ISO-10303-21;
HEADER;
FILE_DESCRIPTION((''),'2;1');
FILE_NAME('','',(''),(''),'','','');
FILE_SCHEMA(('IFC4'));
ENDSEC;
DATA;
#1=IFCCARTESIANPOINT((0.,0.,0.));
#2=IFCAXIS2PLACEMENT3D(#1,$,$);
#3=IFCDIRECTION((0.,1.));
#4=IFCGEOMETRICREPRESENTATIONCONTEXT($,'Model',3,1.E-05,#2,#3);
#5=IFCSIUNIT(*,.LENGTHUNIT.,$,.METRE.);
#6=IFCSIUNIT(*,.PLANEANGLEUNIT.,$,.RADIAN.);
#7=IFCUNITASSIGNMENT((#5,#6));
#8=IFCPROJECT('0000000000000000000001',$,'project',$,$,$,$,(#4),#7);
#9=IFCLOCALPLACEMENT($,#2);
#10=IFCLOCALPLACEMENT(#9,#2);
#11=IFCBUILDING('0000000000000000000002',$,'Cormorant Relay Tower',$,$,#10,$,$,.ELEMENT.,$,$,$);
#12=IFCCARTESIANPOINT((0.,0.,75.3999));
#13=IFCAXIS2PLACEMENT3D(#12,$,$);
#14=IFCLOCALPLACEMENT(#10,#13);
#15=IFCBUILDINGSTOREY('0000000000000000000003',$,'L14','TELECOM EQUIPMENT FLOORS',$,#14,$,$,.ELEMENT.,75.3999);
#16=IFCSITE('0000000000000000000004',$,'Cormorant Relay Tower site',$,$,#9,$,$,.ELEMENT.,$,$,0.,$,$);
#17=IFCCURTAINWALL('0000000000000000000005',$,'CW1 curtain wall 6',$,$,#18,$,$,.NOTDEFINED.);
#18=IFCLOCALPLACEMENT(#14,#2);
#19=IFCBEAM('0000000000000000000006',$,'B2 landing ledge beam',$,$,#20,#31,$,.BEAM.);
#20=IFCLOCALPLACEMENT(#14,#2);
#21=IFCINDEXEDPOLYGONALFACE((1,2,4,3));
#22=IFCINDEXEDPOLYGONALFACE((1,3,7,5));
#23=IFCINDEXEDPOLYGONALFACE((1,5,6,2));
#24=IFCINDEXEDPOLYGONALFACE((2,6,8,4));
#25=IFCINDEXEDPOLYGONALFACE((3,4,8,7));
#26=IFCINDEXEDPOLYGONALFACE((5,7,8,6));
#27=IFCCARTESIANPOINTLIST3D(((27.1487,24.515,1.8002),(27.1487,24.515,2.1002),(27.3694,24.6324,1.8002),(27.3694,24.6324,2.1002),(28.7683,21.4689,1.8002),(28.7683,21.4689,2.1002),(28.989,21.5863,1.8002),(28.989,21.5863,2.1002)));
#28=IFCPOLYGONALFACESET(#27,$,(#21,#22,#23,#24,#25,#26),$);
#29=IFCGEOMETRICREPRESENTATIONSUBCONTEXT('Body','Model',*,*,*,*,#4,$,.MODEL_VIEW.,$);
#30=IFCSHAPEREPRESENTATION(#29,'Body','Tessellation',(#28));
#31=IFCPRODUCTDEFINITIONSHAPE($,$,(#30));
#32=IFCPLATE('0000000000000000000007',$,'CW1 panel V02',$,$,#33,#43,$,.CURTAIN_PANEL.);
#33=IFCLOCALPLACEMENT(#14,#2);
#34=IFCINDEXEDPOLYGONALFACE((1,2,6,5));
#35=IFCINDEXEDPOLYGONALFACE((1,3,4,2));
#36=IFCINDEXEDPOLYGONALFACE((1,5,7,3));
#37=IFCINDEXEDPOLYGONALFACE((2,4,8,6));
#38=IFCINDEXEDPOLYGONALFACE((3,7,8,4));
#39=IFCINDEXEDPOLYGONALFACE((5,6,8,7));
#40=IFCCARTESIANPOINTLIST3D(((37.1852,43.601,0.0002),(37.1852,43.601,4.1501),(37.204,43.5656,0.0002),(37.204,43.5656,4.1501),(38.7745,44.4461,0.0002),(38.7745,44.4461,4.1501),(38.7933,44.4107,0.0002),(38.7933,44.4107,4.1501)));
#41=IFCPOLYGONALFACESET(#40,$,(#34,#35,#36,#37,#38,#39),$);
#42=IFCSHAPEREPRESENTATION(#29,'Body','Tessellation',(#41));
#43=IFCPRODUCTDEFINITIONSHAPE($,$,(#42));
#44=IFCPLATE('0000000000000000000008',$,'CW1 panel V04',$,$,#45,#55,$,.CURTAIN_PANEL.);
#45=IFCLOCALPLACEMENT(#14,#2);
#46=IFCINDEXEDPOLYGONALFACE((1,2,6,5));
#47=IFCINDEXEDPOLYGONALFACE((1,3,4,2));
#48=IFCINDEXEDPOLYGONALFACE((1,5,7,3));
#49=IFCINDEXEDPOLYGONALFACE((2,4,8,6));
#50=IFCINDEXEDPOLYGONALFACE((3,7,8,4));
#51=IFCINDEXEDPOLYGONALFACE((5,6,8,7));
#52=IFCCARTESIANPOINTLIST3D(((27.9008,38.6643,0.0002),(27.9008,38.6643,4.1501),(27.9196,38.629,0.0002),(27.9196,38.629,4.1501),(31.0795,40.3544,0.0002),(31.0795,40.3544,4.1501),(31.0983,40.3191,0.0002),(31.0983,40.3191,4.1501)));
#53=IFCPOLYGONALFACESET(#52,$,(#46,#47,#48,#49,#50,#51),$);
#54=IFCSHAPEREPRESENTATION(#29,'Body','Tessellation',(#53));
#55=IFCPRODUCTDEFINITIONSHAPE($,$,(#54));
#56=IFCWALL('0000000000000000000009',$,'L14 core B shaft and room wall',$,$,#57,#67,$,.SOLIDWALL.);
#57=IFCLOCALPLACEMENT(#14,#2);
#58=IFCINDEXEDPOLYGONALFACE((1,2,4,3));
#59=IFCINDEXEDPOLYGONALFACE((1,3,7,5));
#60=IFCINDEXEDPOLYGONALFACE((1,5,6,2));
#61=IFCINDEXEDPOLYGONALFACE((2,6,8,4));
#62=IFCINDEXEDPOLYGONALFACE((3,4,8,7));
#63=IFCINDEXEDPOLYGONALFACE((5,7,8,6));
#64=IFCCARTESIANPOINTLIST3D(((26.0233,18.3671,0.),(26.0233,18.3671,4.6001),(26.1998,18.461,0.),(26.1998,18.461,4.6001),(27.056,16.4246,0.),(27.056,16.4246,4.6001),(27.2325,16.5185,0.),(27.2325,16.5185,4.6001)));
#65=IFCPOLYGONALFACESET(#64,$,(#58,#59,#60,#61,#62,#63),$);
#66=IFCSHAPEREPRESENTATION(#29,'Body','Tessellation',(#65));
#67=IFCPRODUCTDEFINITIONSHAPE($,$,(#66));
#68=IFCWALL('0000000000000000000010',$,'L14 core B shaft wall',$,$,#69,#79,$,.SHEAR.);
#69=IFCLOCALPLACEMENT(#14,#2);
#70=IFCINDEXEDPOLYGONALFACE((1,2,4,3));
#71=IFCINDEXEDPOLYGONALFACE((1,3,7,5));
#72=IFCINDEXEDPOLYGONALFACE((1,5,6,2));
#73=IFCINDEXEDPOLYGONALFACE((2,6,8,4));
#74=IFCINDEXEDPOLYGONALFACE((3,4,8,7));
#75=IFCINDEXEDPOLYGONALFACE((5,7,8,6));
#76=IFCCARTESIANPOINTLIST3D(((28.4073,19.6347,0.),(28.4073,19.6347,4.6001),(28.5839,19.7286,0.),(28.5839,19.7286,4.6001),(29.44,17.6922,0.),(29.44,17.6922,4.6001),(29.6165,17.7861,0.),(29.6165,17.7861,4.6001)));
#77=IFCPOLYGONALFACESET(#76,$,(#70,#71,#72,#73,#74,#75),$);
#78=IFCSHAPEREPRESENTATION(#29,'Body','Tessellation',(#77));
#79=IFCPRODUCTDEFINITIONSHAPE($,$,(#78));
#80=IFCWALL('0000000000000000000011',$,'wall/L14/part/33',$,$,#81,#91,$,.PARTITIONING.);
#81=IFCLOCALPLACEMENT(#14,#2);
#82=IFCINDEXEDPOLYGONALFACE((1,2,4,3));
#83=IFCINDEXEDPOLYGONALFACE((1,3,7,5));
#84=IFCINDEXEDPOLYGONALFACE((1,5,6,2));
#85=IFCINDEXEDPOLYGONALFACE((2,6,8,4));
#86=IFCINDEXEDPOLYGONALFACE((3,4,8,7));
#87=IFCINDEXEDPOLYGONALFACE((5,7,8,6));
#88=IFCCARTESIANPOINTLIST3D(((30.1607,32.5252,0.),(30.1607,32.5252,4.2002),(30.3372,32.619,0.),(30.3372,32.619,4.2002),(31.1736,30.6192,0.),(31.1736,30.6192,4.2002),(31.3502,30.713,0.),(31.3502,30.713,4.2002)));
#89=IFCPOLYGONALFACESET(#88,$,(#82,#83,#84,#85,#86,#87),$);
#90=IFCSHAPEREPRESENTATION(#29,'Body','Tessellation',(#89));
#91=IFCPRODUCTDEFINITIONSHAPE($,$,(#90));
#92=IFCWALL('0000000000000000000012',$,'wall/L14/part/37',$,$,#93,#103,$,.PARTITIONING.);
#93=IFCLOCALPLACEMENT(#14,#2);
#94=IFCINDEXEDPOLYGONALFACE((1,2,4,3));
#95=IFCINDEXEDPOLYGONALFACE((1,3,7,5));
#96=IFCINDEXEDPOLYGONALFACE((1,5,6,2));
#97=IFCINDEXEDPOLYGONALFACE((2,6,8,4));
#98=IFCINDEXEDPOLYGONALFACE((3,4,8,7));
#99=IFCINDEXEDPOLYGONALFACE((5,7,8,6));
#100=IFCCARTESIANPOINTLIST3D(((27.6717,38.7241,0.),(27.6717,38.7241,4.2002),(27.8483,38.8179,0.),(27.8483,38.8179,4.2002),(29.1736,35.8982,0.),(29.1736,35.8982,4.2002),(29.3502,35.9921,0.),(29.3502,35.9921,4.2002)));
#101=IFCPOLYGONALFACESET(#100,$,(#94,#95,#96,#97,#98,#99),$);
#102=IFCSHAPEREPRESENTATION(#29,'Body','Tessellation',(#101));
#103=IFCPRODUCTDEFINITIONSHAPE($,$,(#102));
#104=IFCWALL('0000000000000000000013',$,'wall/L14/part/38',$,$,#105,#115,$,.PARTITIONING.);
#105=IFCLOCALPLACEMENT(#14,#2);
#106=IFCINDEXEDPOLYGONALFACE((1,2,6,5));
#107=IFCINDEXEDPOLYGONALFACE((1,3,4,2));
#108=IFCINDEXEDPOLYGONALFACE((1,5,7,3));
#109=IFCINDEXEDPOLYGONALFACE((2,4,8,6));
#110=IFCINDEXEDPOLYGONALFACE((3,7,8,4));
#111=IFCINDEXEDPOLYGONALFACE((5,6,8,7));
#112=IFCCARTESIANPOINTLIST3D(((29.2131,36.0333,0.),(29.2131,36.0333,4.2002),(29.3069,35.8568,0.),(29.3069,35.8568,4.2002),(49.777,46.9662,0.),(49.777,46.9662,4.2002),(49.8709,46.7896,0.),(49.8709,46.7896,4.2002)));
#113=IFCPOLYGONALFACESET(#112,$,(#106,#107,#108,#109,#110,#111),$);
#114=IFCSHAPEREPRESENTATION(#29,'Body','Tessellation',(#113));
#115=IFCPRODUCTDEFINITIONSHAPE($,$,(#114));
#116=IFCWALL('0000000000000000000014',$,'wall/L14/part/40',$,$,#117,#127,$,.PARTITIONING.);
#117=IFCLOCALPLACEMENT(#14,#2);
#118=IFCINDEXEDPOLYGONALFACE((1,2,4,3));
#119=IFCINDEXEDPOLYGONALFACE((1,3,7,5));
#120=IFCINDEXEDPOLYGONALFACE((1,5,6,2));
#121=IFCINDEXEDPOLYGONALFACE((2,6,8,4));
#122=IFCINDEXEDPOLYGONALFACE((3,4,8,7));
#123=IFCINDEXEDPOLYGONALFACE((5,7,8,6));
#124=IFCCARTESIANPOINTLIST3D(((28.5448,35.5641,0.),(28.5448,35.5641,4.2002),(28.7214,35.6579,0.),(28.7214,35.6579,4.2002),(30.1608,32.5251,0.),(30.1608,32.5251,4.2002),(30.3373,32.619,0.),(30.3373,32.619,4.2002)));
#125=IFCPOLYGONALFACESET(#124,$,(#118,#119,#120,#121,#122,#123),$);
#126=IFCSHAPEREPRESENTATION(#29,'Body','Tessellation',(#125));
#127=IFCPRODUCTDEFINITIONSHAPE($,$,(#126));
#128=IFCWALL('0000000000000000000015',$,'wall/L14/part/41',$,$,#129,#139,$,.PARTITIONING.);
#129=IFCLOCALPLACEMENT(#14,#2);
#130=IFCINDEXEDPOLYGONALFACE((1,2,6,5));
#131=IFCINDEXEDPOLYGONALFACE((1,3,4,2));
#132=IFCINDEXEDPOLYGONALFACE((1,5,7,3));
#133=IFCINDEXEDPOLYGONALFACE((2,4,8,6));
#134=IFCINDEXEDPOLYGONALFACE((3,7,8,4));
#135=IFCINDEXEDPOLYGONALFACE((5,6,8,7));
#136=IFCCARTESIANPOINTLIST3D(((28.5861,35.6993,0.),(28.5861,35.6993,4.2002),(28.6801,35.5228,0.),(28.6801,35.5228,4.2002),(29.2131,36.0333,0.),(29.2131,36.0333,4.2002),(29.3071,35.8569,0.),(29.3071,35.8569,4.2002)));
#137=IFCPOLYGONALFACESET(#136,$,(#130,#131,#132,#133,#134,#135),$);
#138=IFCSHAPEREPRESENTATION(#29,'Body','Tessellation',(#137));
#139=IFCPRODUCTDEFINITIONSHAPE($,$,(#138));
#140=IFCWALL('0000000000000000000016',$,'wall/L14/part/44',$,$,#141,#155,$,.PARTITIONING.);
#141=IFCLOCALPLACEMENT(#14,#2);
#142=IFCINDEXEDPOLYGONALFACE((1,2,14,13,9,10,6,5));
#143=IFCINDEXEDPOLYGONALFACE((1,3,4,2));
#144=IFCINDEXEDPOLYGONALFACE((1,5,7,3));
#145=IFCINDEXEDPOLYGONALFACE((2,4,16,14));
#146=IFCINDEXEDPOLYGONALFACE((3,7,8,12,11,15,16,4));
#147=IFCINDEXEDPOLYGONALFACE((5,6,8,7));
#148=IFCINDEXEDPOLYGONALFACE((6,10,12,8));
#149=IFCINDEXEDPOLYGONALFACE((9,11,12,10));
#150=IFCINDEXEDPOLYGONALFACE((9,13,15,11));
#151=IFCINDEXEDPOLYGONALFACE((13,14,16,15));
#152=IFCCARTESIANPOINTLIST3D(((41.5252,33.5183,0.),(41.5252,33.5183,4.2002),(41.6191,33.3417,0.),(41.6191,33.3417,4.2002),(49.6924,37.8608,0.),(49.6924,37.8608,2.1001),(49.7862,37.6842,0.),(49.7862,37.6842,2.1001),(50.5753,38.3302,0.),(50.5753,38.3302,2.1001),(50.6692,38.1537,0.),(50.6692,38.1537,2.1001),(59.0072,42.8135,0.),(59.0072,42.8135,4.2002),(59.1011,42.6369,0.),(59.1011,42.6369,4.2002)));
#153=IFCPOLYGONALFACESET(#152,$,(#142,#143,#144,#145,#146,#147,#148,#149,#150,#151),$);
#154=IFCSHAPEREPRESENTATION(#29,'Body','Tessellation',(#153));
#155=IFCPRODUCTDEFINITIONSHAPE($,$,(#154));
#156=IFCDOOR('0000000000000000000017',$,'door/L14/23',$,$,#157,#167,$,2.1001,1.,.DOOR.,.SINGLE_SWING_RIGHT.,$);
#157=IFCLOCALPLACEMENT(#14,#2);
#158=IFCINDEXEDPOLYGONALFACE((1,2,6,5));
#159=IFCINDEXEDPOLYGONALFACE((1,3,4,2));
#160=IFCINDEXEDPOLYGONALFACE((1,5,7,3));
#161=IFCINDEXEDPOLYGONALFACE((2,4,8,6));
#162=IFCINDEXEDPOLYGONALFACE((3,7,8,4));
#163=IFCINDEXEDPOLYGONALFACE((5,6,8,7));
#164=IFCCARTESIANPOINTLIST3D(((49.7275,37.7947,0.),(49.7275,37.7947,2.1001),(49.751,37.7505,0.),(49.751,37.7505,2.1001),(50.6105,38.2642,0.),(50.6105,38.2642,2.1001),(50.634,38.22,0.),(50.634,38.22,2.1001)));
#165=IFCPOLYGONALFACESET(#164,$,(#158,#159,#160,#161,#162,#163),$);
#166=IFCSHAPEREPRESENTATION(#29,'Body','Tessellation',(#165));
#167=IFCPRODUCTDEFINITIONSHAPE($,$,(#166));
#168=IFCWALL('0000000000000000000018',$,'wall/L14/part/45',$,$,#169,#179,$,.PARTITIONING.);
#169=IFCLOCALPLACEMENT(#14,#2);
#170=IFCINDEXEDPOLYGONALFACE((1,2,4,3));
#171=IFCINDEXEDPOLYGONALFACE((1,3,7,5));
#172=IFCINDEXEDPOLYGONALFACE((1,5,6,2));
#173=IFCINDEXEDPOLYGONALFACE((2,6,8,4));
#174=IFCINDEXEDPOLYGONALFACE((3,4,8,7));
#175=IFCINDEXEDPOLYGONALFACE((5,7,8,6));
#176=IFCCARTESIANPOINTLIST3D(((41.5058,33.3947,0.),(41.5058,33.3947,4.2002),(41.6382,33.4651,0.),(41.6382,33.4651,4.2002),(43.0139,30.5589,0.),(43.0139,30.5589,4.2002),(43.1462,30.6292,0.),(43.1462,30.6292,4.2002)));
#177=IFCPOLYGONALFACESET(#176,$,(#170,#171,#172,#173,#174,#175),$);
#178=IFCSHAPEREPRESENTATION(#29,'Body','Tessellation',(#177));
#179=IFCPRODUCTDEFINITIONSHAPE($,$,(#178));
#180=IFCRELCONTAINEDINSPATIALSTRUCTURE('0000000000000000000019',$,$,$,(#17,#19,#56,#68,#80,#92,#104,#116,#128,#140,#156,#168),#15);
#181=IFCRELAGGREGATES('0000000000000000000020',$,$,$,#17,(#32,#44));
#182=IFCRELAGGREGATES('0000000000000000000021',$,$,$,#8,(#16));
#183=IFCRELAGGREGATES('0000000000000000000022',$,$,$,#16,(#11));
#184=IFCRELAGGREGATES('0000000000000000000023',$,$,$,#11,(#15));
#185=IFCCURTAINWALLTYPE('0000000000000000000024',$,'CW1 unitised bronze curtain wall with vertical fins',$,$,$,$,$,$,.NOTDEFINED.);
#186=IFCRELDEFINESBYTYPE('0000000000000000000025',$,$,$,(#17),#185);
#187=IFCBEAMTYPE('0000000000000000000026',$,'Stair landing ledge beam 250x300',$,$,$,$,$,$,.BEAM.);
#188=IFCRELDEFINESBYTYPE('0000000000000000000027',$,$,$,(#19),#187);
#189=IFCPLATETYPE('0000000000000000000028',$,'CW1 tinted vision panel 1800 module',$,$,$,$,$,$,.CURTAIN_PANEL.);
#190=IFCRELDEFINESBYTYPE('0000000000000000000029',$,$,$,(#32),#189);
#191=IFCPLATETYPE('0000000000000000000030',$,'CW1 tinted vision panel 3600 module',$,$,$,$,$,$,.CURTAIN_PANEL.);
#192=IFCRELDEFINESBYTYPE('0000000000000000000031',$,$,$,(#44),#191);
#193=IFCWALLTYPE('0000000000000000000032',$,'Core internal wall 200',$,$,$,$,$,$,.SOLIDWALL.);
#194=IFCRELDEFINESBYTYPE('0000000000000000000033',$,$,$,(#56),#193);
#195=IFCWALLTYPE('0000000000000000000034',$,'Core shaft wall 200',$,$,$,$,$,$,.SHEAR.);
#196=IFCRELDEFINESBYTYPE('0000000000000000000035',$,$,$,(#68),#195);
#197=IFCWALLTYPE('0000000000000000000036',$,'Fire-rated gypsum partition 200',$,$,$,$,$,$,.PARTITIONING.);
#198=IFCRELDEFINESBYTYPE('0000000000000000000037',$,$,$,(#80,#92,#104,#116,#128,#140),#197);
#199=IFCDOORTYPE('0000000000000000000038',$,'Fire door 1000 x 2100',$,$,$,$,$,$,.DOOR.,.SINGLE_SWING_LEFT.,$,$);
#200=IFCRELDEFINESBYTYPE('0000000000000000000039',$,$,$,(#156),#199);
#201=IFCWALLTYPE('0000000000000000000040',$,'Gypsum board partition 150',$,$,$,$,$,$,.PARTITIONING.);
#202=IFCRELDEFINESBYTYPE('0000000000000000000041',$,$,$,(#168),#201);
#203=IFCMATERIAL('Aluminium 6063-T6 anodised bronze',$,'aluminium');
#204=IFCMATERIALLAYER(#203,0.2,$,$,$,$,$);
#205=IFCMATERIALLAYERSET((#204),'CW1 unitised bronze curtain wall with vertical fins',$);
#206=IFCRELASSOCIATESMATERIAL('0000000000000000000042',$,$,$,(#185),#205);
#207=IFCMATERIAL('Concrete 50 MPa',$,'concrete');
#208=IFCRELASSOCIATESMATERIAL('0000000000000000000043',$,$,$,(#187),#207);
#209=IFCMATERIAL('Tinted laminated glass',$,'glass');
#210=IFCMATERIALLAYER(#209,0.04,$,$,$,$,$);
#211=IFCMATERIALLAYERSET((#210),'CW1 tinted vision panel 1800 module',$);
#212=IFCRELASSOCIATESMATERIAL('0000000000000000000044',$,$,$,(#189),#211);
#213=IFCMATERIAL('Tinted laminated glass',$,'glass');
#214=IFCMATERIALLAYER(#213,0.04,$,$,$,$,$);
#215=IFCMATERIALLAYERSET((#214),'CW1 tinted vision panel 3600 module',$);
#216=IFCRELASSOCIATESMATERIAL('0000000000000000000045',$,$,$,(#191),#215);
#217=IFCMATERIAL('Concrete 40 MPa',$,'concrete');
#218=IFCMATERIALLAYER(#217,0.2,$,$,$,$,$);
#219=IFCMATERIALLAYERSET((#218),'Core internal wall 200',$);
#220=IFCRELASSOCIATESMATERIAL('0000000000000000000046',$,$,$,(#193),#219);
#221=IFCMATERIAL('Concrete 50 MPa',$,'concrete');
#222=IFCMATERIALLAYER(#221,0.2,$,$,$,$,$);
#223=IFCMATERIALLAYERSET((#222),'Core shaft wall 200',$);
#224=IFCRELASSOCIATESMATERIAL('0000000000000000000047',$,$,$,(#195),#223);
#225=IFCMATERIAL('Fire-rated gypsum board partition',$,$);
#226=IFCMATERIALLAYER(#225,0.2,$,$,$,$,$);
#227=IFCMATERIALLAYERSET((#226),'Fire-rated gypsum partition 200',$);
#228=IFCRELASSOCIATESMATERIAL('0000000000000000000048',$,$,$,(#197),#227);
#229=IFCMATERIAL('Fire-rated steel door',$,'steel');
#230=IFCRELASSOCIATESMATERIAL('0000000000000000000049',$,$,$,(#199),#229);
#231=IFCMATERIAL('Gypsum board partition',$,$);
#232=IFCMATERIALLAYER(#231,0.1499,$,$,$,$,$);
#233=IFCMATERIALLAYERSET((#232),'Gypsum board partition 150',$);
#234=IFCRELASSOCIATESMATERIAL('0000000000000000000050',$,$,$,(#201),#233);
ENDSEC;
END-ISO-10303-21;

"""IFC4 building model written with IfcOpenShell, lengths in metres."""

from ifc_helpers import new_model, si_unit, direction, frame, frame_2d, origin, origin_2d, place, context, subcontext, project, spatial, rectangle, extrude, material, layer, layer_set, material_profile, profile_set, type_object, element, fill, aggregate, save


model = new_model("IFC4")

# Units and contexts
model_context = context("Model", 3, precision=1e-05, world=origin(), true_north=direction((0.0, 1.0)))
body_context = subcontext(model_context, "Body", "Model", "MODEL_VIEW")
ifc_project = project(units=[si_unit("LENGTHUNIT", "METRE"), si_unit("PLANEANGLEUNIT", "RADIAN")], contexts=[model_context])

# Site, building, storey
site_placement = place(None, origin())
site = spatial("IfcSite", under=ifc_project, at=site_placement, Name="Cormorant Relay Tower site", CompositionType="ELEMENT", RefElevation=0.0)
building_placement = place(site_placement, origin())
building = spatial("IfcBuilding", under=site, at=building_placement, Name="Cormorant Relay Tower", CompositionType="ELEMENT")
storey_placement = place(building_placement, frame((0.0, 0.0, 75.3999)))
storey = spatial("IfcBuildingStorey", under=building, at=storey_placement, Name="L14", Description="TELECOM EQUIPMENT FLOORS", CompositionType="ELEMENT", Elevation=75.3999)

# Curtain wall
ifc_material_1 = material(Name="Aluminium 6063-T6 anodised bronze", Category="aluminium")
ifc_layer_1 = layer(ifc_material_1, 0.2)
ifc_layer_set_1 = layer_set([ifc_layer_1], Name="CW1 unitised bronze curtain wall with vertical fins")
curtain_wall_type = type_object("IfcCurtainWallType", Name="CW1 unitised bronze curtain wall with vertical fins", PredefinedType="NOTDEFINED", material=ifc_layer_set_1)
curtain_wall_placement = place(storey_placement, origin())
curtain_wall = element("IfcCurtainWall", 1, at=curtain_wall_placement, inside=storey, type_object=curtain_wall_type, Name="CW1 curtain wall 6", PredefinedType="NOTDEFINED")

# Beam
ifc_material_2 = material(Name="Concrete 50 MPa", Category="concrete")
ifc_material_profile_1 = material_profile(ifc_material_2, rectangle(XDim=0.25, YDim=0.3, at=origin_2d()), Name="RC 250x300")
ifc_profile_set_1 = profile_set([ifc_material_profile_1], Name="Concrete 50 MPa")
beam_type = type_object("IfcBeamType", Name="Stair landing ledge beam 250x300", PredefinedType="BEAM", material=ifc_profile_set_1)
beam_placement = place(storey_placement, frame((28.8787, 21.5276, 1.9502), z_axis=(-0.469464, 0.882952, 0.0), x_axis=(-0.882952, -0.469464, 0.0)))
element("IfcBeam", 2, at=beam_placement, inside=storey, type_object=beam_type, Name="B2 landing ledge beam", PredefinedType="BEAM", context=body_context, shape_type="SweptSolid", body=[
    extrude(rectangle(XDim=0.25, YDim=0.3, at=origin_2d()), origin(), (0.0, 0.0, 1.0), 3.45),
])

# Plates
ifc_material_3 = material(Name="Tinted laminated glass", Category="glass")
ifc_layer_2 = layer(ifc_material_3, 0.04)
ifc_layer_set_2 = layer_set([ifc_layer_2], Name="CW1 tinted vision panel 1800 module")
plate_type_1 = type_object("IfcPlateType", Name="CW1 tinted vision panel 1800 module", PredefinedType="CURTAIN_PANEL", material=ifc_layer_set_2)
plate_1_placement = place(storey_placement, frame((37.9893, 44.0059, 0.0002), z_axis=(0.0, 0.0, 1.0), x_axis=(-0.882948, -0.469472, 0.0)))
plate_1 = element("IfcPlate", 3, at=plate_1_placement, type_object=plate_type_1, Name="CW1 panel V02", PredefinedType="CURTAIN_PANEL", context=body_context, shape_type="SweptSolid", body=[
    extrude(rectangle(XDim=1.8, YDim=0.04, at=origin_2d()), origin(), (0.0, 0.0, 1.0), 4.1499),
])
ifc_material_4 = material(Name="Tinted laminated glass", Category="glass")
ifc_layer_3 = layer(ifc_material_4, 0.04)
ifc_layer_set_3 = layer_set([ifc_layer_3], Name="CW1 tinted vision panel 3600 module")
plate_type_2 = type_object("IfcPlateType", Name="CW1 tinted vision panel 3600 module", PredefinedType="CURTAIN_PANEL", material=ifc_layer_set_3)
plate_2_placement = place(storey_placement, frame((29.4995, 39.4917, 0.0002), z_axis=(0.0, 0.0, 1.0), x_axis=(-0.882948, -0.469472, 0.0)))
plate_2 = element("IfcPlate", 4, at=plate_2_placement, type_object=plate_type_2, Name="CW1 panel V04", PredefinedType="CURTAIN_PANEL", context=body_context, shape_type="SweptSolid", body=[
    extrude(rectangle(XDim=3.6001, YDim=0.04, at=origin_2d()), origin(), (0.0, 0.0, 1.0), 4.1499),
])

# Walls
ifc_material_5 = material(Name="Concrete 40 MPa", Category="concrete")
ifc_layer_4 = layer(ifc_material_5, 0.2)
ifc_layer_set_4 = layer_set([ifc_layer_4], Name="Core internal wall 200")
wall_type_1 = type_object("IfcWallType", Name="Core internal wall 200", PredefinedType="SOLIDWALL", material=ifc_layer_set_4)
wall_1_placement = place(storey_placement, frame((27.1443, 16.4714, 0.0), z_axis=(0.0, 0.0, 1.0), x_axis=(-0.469401, 0.882985, 0.0)))
element("IfcWall", 5, at=wall_1_placement, inside=storey, type_object=wall_type_1, Name="L14 core B shaft and room wall", PredefinedType="SOLIDWALL", context=body_context, shape_type="SweptSolid", body=[
    extrude(rectangle(XDim=2.2, YDim=0.2, at=frame_2d((1.1001, 0.0))), origin(), (0.0, 0.0, 1.0), 4.6001),
])
ifc_material_6 = material(Name="Concrete 50 MPa", Category="concrete")
ifc_layer_5 = layer(ifc_material_6, 0.2)
ifc_layer_set_5 = layer_set([ifc_layer_5], Name="Core shaft wall 200")
wall_type_2 = type_object("IfcWallType", Name="Core shaft wall 200", PredefinedType="SHEAR", material=ifc_layer_set_5)
wall_2_placement = place(storey_placement, frame((29.5283, 17.739, 0.0), z_axis=(0.0, 0.0, 1.0), x_axis=(-0.469401, 0.882985, 0.0)))
element("IfcWall", 6, at=wall_2_placement, inside=storey, type_object=wall_type_2, Name="L14 core B shaft wall", PredefinedType="SHEAR", context=body_context, shape_type="SweptSolid", body=[
    extrude(rectangle(XDim=2.2, YDim=0.2, at=frame_2d((1.1001, 0.0))), origin(), (0.0, 0.0, 1.0), 4.6001),
])
ifc_material_7 = material(Name="Fire-rated gypsum board partition")
ifc_layer_6 = layer(ifc_material_7, 0.2)
ifc_layer_set_6 = layer_set([ifc_layer_6], Name="Fire-rated gypsum partition 200")
wall_type_3 = type_object("IfcWallType", Name="Fire-rated gypsum partition 200", PredefinedType="PARTITIONING", material=ifc_layer_set_6)
wall_3_placement = place(storey_placement, frame((30.249, 32.572, 0.0), z_axis=(0.0, 0.0, 1.0), x_axis=(0.46929, -0.883044, 0.0)))
element("IfcWall", 7, at=wall_3_placement, inside=storey, type_object=wall_type_3, Name="wall/L14/part/33", PredefinedType="PARTITIONING", context=body_context, shape_type="SweptSolid", body=[
    extrude(rectangle(XDim=2.1584, YDim=0.2, at=frame_2d((1.0791, 0.0))), origin(), (0.0, 0.0, 1.0), 4.2002),
])
wall_4_placement = place(storey_placement, frame((27.76, 38.771, 0.0), z_axis=(0.0, 0.0, 1.0), x_axis=(0.469321, -0.883028, 0.0)))
element("IfcWall", 8, at=wall_4_placement, inside=storey, type_object=wall_type_3, Name="wall/L14/part/37", PredefinedType="PARTITIONING", context=body_context, shape_type="SweptSolid", body=[
    extrude(rectangle(XDim=3.2002, YDim=0.2, at=frame_2d((1.6001, 0.0))), origin(), (0.0, 0.0, 1.0), 4.2002),
])
wall_5_placement = place(storey_placement, frame((29.26, 35.9451, 0.0), z_axis=(0.0, 0.0, 1.0), x_axis=(0.882969, 0.469432, 0.0)))
element("IfcWall", 9, at=wall_5_placement, inside=storey, type_object=wall_type_3, Name="wall/L14/part/38", PredefinedType="PARTITIONING", context=body_context, shape_type="SweptSolid", body=[
    extrude(rectangle(XDim=23.2896, YDim=0.2, at=frame_2d((11.6448, 0.0))), origin(), (0.0, 0.0, 1.0), 4.2002),
])
wall_6_placement = place(storey_placement, frame((30.249, 32.572, 0.0), z_axis=(0.0, 0.0, 1.0), x_axis=(-0.469487, 0.882939, 0.0)))
element("IfcWall", 10, at=wall_6_placement, inside=storey, type_object=wall_type_3, Name="wall/L14/part/40", PredefinedType="PARTITIONING", context=body_context, shape_type="SweptSolid", body=[
    extrude(rectangle(XDim=3.4419, YDim=0.2, at=frame_2d((1.7209, 0.0))), origin(), (0.0, 0.0, 1.0), 4.2002),
])
wall_7_placement = place(storey_placement, frame((28.6331, 35.6111, 0.0), z_axis=(0.0, 0.0, 1.0), x_axis=(0.882581, 0.47016, 0.0)))
element("IfcWall", 11, at=wall_7_placement, inside=storey, type_object=wall_type_3, Name="wall/L14/part/41", PredefinedType="PARTITIONING", context=body_context, shape_type="SweptSolid", body=[
    extrude(rectangle(XDim=0.7104, YDim=0.2, at=frame_2d((0.3552, 0.0))), origin(), (0.0, 0.0, 1.0), 4.2002),
])

# Wall, opening, door
wall_8_placement = place(storey_placement, frame((41.572, 33.4299, 0.0), z_axis=(0.0, 0.0, 1.0), x_axis=(0.882951, 0.469466, 0.0)))
wall_8 = element("IfcWall", 12, at=wall_8_placement, inside=storey, type_object=wall_type_3, Name="wall/L14/part/44", PredefinedType="PARTITIONING", context=body_context, shape_type="SweptSolid", body=[
    extrude(rectangle(XDim=19.7996, YDim=0.2, at=frame_2d((9.8999, 0.0))), origin(), (0.0, 0.0, 1.0), 4.2002),
])
opening_placement = place(wall_8_placement, frame((9.25, 0.0, 0.0)))
opening = element("IfcOpeningElement", 13, at=opening_placement, cuts=wall_8, PredefinedType="OPENING", context=body_context, shape_type="SweptSolid", body=[
    extrude(rectangle(XDim=1.0, YDim=2.1001, at=frame_2d((0.5, 1.05))), frame((0.0, 0.1099, 0.0), z_axis=(0.0, -1.0, 0.0), x_axis=(1.0, 0.0, 0.0)), (0.0, 0.0, 1.0), 0.22),
])
ifc_material_8 = material(Name="Fire-rated steel door", Category="steel")
door_type = type_object("IfcDoorType", Name="Fire door 1000 x 2100", OperationType="SINGLE_SWING_LEFT", PredefinedType="DOOR", material=ifc_material_8)
door_placement = place(opening_placement, frame((1.0, 0.0, 0.0), z_axis=(0.0, 0.0, 1.0), x_axis=(-1.0, 0.0, 0.0)))
door = element("IfcDoor", 14, at=door_placement, inside=storey, type_object=door_type, Name="door/L14/23", OperationType="SINGLE_SWING_RIGHT", OverallHeight=2.1001, OverallWidth=1.0, PredefinedType="DOOR", context=body_context, shape_type="SweptSolid", body=[
    extrude(rectangle(XDim=1.0, YDim=2.1001, at=frame_2d((0.5, 1.05))), frame((0.0, 0.0249, 0.0), z_axis=(0.0, -1.0, 0.0), x_axis=(1.0, 0.0, 0.0)), (0.0, 0.0, 1.0), 0.05),
])
fill(opening, door)

# Wall
ifc_material_9 = material(Name="Gypsum board partition")
ifc_layer_7 = layer(ifc_material_9, 0.1499)
ifc_layer_set_7 = layer_set([ifc_layer_7], Name="Gypsum board partition 150")
wall_type_4 = type_object("IfcWallType", Name="Gypsum board partition 150", PredefinedType="PARTITIONING", material=ifc_layer_set_7)
wall_9_placement = place(storey_placement, frame((41.572, 33.4299, 0.0), z_axis=(0.0, 0.0, 1.0), x_axis=(0.469511, -0.882927, 0.0)))
element("IfcWall", 15, at=wall_9_placement, inside=storey, type_object=wall_type_4, Name="wall/L14/part/45", PredefinedType="PARTITIONING", context=body_context, shape_type="SweptSolid", body=[
    extrude(rectangle(XDim=3.2119, YDim=0.1499, at=frame_2d((1.606, 0.0))), origin(), (0.0, 0.0, 1.0), 4.2002),
])

aggregate(curtain_wall, [plate_1, plate_2])

save(model, "model.ifc")
